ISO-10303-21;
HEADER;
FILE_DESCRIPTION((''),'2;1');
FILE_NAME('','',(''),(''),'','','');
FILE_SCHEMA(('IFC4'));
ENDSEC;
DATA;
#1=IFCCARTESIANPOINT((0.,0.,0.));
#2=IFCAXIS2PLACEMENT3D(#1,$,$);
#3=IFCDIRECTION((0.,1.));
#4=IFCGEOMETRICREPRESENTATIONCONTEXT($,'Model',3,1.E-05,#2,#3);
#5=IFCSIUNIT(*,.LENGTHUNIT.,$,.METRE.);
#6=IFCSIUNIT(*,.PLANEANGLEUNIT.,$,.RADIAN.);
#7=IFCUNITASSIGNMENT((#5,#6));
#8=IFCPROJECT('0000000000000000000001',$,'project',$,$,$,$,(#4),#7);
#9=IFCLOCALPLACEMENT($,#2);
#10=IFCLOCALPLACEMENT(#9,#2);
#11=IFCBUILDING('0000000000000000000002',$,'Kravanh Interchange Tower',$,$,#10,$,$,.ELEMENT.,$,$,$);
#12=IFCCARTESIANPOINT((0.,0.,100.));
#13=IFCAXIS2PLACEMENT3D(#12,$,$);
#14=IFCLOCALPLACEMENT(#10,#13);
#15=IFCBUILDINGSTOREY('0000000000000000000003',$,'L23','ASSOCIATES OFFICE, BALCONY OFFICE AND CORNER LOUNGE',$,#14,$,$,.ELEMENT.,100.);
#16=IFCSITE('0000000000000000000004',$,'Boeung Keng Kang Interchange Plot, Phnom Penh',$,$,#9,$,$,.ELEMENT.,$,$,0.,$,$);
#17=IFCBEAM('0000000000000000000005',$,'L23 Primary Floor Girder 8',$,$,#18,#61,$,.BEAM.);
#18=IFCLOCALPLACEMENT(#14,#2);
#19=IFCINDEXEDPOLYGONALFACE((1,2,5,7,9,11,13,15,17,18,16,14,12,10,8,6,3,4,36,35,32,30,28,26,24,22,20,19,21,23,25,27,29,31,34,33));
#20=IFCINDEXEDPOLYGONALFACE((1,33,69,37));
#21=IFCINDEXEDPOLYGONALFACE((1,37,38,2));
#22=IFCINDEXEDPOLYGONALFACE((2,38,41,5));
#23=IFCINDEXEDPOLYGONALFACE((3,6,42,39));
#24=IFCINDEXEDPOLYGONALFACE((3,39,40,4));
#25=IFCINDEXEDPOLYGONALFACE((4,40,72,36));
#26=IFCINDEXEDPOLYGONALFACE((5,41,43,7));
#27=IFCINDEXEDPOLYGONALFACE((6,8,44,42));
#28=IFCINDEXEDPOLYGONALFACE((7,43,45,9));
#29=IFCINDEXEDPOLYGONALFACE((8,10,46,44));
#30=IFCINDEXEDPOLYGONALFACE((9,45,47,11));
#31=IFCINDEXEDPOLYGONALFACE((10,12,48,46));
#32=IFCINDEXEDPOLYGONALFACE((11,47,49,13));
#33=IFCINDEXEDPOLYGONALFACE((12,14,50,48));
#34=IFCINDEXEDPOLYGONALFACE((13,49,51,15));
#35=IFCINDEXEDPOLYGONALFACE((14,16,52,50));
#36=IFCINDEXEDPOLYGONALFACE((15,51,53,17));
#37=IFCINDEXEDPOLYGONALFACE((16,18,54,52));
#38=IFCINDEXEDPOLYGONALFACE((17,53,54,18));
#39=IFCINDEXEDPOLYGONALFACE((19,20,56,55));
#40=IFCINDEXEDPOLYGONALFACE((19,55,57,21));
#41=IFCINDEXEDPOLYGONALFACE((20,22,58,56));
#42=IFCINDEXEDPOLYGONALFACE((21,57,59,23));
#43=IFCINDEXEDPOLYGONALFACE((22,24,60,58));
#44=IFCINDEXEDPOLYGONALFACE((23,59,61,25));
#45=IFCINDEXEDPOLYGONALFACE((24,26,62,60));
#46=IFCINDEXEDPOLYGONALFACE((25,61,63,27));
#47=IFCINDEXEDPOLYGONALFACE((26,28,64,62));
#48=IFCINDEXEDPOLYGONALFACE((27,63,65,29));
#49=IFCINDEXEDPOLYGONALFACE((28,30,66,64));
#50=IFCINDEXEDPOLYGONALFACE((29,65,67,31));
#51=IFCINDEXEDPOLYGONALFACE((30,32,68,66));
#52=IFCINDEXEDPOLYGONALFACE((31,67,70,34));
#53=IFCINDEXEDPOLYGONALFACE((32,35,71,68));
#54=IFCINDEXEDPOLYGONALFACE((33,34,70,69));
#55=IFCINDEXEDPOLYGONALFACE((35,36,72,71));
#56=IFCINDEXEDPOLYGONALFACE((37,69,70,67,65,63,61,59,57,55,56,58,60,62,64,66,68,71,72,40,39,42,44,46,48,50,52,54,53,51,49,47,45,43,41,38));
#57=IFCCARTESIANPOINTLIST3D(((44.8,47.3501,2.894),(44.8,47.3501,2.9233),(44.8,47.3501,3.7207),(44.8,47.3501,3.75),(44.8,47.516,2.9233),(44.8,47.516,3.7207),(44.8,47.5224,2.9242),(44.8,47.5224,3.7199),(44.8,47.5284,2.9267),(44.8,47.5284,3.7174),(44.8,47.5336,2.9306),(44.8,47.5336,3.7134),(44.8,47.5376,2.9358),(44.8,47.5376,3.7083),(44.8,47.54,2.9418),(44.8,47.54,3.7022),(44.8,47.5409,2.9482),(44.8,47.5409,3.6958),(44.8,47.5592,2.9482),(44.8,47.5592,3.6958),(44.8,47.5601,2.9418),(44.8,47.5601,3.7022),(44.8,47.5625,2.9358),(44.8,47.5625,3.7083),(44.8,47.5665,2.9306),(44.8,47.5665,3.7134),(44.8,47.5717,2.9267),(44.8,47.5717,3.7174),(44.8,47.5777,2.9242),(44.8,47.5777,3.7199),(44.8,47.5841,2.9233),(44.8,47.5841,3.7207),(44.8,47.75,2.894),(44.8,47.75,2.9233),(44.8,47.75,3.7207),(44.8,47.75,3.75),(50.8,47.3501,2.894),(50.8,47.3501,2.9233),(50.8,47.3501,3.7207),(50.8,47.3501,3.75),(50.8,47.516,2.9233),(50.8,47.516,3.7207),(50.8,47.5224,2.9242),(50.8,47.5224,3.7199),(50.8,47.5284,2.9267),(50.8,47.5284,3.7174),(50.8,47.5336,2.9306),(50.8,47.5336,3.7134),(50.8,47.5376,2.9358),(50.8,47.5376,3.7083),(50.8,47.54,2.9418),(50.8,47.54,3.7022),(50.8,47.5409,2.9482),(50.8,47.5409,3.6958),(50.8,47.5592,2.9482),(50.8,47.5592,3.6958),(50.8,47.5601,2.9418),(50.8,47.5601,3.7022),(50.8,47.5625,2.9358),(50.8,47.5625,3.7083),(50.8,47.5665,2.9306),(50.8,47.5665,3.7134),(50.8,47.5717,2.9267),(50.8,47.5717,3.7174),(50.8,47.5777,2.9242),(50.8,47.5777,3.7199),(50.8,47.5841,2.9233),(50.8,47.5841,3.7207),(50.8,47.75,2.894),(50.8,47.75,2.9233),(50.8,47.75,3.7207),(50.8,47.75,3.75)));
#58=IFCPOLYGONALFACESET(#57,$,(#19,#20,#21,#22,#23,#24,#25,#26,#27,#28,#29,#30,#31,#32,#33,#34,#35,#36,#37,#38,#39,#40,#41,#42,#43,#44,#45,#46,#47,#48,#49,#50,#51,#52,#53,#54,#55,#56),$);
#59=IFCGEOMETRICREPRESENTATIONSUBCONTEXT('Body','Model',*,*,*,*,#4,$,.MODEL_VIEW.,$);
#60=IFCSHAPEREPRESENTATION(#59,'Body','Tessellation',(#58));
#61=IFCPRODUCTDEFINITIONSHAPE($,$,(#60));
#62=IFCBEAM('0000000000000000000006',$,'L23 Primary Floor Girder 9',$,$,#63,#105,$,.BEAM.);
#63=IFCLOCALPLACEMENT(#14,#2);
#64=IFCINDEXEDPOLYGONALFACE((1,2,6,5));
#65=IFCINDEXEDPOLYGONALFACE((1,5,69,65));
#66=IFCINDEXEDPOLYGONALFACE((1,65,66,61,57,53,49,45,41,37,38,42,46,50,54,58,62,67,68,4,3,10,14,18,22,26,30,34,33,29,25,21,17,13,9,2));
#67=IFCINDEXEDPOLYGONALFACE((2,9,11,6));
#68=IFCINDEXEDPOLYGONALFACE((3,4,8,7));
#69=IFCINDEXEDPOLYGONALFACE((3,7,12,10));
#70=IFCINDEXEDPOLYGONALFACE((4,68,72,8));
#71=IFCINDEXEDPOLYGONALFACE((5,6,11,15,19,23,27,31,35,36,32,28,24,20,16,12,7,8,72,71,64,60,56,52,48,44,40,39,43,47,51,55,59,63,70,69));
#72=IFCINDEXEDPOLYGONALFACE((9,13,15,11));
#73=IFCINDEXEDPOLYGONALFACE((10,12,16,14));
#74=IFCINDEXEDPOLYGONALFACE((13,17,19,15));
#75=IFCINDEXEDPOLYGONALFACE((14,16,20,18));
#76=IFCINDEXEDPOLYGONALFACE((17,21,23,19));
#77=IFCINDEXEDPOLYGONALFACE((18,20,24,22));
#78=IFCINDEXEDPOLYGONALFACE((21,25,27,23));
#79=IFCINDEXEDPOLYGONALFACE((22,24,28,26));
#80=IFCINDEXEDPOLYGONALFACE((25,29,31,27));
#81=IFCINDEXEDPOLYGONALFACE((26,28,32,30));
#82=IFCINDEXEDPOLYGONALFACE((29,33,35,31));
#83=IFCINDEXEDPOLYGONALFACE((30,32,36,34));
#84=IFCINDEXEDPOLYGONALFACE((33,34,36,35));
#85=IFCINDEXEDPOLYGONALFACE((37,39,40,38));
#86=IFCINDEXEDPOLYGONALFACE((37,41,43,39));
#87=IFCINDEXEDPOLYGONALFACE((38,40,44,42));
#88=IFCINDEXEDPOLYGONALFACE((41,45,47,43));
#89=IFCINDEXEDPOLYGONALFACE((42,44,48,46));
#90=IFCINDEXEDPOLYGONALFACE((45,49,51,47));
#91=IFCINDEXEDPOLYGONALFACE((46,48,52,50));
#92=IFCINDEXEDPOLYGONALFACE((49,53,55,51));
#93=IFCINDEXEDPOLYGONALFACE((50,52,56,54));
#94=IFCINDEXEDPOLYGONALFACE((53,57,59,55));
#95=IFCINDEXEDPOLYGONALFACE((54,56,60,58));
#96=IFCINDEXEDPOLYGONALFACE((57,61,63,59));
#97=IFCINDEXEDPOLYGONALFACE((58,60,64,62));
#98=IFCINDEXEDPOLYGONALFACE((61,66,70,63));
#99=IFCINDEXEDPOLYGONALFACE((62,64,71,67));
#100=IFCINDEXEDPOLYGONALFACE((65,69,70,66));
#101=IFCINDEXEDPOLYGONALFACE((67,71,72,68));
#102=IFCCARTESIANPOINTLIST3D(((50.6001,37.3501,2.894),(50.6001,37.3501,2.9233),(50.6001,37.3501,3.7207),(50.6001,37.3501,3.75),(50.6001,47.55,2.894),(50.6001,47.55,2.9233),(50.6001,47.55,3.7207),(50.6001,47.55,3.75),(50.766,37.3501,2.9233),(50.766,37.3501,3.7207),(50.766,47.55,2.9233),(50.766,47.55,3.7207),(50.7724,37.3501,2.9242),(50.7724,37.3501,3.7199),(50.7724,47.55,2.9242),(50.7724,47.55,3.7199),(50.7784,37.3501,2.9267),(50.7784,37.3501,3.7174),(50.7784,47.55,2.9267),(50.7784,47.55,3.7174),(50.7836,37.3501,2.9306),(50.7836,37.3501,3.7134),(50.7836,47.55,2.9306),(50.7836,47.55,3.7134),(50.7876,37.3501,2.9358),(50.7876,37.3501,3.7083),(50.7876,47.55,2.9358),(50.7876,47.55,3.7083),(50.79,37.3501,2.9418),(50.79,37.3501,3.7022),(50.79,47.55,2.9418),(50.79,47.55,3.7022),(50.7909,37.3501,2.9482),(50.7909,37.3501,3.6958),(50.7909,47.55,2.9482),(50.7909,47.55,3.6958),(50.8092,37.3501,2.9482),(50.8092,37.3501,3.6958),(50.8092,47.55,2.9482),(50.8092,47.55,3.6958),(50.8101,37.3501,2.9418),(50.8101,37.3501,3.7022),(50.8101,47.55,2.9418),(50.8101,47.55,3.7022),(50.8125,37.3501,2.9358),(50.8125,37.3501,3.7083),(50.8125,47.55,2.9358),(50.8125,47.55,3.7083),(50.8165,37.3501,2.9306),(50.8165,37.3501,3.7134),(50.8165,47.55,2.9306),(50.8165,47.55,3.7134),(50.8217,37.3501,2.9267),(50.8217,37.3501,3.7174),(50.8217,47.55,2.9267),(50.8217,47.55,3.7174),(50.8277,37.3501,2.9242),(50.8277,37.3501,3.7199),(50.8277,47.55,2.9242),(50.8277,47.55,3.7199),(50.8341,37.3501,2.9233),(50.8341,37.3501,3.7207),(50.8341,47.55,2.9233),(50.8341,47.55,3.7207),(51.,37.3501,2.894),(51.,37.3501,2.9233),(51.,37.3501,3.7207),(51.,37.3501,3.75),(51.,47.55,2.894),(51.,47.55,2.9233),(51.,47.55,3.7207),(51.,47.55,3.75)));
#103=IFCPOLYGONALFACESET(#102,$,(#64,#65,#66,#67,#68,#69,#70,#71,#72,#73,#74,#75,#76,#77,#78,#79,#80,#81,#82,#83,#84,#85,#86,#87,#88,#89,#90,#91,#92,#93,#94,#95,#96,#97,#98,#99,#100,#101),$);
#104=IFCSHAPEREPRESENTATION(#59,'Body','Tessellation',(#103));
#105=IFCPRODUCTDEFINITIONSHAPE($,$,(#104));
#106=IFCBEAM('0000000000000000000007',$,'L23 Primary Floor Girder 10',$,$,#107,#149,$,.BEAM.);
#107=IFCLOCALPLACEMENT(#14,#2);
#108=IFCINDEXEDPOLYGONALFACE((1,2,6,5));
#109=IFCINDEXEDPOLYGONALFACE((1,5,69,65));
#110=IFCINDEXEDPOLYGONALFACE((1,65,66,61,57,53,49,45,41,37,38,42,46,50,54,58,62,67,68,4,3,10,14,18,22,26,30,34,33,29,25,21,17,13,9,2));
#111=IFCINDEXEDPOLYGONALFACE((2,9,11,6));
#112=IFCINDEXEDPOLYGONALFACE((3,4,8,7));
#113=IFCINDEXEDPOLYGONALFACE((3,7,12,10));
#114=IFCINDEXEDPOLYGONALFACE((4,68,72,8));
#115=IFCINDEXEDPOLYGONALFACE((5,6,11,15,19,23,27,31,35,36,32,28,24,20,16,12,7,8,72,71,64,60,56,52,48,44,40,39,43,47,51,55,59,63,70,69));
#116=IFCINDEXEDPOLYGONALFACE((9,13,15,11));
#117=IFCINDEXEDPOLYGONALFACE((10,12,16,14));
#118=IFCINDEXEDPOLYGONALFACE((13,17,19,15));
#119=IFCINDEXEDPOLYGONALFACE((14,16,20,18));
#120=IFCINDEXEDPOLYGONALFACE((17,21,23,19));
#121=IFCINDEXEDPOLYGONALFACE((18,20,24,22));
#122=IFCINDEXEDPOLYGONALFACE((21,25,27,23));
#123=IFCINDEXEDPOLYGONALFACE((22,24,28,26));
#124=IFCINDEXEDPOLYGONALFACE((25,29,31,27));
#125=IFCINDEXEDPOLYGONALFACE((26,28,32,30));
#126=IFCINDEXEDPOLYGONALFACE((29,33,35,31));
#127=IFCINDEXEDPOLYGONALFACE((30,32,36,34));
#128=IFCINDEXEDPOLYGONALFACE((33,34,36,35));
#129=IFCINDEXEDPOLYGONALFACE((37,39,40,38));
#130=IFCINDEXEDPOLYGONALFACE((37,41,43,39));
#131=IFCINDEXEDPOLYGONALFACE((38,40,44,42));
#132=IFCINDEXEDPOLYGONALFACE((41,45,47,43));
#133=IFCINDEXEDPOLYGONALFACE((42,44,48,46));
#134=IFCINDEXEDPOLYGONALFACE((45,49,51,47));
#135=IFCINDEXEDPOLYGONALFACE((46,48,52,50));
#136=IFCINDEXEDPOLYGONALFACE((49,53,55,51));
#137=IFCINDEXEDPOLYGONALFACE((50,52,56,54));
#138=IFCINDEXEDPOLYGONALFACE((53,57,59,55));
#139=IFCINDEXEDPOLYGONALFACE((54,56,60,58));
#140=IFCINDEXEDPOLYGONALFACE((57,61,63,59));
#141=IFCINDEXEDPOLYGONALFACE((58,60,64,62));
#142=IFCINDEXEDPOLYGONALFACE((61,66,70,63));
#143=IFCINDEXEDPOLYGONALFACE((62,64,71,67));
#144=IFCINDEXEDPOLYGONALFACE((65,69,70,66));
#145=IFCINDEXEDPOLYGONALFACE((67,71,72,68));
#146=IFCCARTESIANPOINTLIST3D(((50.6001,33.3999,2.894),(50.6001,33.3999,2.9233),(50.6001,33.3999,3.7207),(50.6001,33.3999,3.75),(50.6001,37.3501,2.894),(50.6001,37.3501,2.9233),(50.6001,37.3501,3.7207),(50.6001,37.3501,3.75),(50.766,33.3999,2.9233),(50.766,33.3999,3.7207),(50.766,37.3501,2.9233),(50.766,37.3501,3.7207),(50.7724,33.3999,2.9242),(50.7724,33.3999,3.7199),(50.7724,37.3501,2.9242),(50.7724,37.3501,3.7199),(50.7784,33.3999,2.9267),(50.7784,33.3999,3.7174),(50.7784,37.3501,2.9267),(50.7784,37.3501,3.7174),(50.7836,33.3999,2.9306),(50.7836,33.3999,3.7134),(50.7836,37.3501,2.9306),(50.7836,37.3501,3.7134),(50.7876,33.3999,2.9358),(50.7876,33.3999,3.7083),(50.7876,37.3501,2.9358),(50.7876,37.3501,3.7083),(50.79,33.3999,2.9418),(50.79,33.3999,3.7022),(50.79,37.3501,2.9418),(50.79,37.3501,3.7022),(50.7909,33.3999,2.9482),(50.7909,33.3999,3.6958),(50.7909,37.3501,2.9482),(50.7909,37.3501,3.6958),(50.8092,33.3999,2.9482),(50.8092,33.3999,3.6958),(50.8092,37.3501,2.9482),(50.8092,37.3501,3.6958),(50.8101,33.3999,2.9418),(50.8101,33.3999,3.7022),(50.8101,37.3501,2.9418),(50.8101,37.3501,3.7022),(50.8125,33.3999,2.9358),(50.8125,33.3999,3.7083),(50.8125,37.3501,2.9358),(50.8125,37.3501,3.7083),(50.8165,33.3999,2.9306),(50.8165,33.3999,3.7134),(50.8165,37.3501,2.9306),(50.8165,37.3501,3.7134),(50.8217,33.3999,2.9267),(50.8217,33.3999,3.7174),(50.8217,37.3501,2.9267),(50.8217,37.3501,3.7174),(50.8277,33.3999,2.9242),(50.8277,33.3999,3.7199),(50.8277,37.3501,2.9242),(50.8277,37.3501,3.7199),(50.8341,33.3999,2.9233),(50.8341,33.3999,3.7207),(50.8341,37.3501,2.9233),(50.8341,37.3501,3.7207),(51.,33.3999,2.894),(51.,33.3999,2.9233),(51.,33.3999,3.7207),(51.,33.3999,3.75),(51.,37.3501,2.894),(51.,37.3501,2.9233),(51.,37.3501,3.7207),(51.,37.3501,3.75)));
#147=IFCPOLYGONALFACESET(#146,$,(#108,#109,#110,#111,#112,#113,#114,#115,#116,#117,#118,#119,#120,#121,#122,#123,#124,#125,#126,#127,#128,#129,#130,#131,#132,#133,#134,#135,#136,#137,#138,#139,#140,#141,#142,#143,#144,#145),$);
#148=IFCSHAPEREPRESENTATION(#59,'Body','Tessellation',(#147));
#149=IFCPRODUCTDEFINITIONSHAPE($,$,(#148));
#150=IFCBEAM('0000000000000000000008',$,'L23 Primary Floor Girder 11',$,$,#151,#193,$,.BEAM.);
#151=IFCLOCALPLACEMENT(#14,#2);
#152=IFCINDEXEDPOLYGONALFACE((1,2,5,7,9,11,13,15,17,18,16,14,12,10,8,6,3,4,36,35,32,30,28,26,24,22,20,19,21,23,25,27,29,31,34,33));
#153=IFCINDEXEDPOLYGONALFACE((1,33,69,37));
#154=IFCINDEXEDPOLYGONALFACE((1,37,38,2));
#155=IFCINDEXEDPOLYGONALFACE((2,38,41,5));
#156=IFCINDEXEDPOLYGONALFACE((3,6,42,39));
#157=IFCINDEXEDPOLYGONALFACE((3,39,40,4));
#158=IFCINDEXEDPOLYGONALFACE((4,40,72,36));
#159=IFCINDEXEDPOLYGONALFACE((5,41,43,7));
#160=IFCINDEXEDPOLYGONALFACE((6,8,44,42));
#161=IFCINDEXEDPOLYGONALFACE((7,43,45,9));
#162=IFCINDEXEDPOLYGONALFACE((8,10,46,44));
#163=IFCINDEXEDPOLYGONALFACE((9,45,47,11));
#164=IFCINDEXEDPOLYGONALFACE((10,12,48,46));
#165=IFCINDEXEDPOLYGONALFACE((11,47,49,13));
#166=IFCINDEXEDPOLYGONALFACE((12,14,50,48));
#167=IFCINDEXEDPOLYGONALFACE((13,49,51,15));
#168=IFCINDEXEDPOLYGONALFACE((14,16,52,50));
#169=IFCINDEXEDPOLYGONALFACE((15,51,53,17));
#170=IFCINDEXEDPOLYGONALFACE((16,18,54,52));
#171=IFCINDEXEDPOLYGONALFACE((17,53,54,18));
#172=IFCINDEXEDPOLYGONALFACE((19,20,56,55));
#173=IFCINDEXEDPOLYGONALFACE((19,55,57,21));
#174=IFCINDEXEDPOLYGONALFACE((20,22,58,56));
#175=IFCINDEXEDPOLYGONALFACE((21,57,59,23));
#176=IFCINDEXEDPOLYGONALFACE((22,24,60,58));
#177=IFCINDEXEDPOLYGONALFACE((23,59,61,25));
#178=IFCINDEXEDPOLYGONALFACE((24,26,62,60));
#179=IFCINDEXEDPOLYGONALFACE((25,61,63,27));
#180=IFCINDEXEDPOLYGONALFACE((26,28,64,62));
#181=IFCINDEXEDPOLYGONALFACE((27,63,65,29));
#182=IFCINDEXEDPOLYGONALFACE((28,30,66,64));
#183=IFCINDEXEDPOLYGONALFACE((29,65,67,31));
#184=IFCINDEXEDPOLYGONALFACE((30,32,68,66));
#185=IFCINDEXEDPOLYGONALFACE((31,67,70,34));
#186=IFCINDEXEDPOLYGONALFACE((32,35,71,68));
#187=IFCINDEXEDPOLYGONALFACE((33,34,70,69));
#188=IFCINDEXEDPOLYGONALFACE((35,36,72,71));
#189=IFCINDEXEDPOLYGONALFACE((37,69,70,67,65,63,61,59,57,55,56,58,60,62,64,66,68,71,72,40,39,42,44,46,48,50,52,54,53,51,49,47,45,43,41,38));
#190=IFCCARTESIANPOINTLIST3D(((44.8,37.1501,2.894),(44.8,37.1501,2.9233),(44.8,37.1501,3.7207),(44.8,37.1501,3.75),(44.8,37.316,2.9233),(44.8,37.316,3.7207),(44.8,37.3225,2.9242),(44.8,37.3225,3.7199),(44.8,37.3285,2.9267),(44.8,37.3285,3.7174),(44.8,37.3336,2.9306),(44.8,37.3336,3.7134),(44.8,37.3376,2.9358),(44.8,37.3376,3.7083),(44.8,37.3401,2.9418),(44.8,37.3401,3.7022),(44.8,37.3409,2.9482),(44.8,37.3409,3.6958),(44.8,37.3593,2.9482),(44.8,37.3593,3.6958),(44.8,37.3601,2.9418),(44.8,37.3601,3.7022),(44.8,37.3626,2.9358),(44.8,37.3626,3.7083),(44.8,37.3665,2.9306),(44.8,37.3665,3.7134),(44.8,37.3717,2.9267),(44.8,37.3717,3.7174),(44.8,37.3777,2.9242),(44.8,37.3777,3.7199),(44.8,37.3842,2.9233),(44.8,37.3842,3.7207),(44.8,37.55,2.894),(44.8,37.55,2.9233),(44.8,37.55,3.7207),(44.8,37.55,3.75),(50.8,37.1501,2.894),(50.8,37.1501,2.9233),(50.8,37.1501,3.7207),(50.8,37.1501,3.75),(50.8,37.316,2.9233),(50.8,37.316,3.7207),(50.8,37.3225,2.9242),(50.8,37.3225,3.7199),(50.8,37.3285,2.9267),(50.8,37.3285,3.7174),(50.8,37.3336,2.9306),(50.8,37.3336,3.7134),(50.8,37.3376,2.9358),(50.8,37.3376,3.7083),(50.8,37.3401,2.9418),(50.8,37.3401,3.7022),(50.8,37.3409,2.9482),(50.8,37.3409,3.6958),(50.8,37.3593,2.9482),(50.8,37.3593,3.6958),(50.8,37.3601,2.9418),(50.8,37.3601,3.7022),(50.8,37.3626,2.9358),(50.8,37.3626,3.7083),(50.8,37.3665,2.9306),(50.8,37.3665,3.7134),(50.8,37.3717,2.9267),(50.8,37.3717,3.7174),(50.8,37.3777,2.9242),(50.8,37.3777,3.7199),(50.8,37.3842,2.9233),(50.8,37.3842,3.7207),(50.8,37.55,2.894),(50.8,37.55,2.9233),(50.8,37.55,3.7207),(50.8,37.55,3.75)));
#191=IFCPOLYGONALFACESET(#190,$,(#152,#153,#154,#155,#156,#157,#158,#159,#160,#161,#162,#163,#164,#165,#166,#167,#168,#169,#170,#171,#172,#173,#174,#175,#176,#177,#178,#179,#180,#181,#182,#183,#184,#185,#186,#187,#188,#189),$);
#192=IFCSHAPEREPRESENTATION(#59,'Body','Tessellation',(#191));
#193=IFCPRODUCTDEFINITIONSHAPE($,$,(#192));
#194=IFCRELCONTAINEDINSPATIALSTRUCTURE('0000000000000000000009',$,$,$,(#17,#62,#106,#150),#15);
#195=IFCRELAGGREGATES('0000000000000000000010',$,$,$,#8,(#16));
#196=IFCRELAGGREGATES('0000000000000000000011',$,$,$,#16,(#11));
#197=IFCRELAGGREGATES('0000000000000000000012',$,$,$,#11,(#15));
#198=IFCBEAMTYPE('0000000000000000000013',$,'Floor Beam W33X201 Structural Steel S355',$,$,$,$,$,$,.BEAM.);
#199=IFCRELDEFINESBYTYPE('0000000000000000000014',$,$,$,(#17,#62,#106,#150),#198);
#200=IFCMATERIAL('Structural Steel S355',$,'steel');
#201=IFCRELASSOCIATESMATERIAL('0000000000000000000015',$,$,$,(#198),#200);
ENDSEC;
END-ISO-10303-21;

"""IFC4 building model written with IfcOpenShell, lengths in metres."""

from ifc_helpers import new_model, si_unit, direction, frame, origin, origin_2d, place, context, subcontext, project, spatial, i_section, extrude, material, material_profile, profile_set, type_object, element, save


model = new_model("IFC4")

# Units and contexts
model_context = context("Model", 3, precision=1e-05, world=origin(), true_north=direction((0.0, 1.0)))
body_context = subcontext(model_context, "Body", "Model", "MODEL_VIEW")
ifc_project = project(units=[si_unit("LENGTHUNIT", "METRE"), si_unit("PLANEANGLEUNIT", "RADIAN")], contexts=[model_context])

# Site, building, storey
site_placement = place(None, origin())
site = spatial("IfcSite", under=ifc_project, at=site_placement, Name="Boeung Keng Kang Interchange Plot, Phnom Penh", CompositionType="ELEMENT", RefElevation=0.0)
building_placement = place(site_placement, origin())
building = spatial("IfcBuilding", under=site, at=building_placement, Name="Kravanh Interchange Tower", CompositionType="ELEMENT")
storey_placement = place(building_placement, frame((0.0, 0.0, 100.0)))
storey = spatial("IfcBuildingStorey", under=building, at=storey_placement, Name="L23", Description="ASSOCIATES OFFICE, BALCONY OFFICE AND CORNER LOUNGE", CompositionType="ELEMENT", Elevation=100.0)

# Beams
ifc_material_1 = material(Name="Structural Steel S355", Category="steel")
ifc_material_profile_1 = material_profile(ifc_material_1, i_section(OverallWidth=0.3999, OverallDepth=0.856, WebThickness=0.0183, FlangeThickness=0.0293, FilletRadius=0.0249, at=origin_2d()), Name="W33X201")
ifc_profile_set_1 = profile_set([ifc_material_profile_1], Name="Structural Steel S355")
beam_type_1 = type_object("IfcBeamType", Name="Floor Beam W33X201 Structural Steel S355", PredefinedType="BEAM", material=ifc_profile_set_1)
beam_1_placement = place(storey_placement, frame((50.8, 47.55, 3.322), z_axis=(-1.0, 0.0, 0.0), x_axis=(0.0, -1.0, 0.0)))
element("IfcBeam", 1, at=beam_1_placement, inside=storey, type_object=beam_type_1, Name="L23 Primary Floor Girder 8", PredefinedType="BEAM", context=body_context, shape_type="SweptSolid", body=[
    extrude(i_section(OverallWidth=0.3999, OverallDepth=0.856, WebThickness=0.0183, FlangeThickness=0.0293, FilletRadius=0.0249, at=origin_2d()), origin(), (0.0, 0.0, 1.0), 6.0),
])
beam_2_placement = place(storey_placement, frame((50.8, 47.55, 3.322), z_axis=(0.0, -1.0, 0.0), x_axis=(1.0, 0.0, 0.0)))
element("IfcBeam", 2, at=beam_2_placement, inside=storey, type_object=beam_type_1, Name="L23 Primary Floor Girder 9", PredefinedType="BEAM", context=body_context, shape_type="SweptSolid", body=[
    extrude(i_section(OverallWidth=0.3999, OverallDepth=0.856, WebThickness=0.0183, FlangeThickness=0.0293, FilletRadius=0.0249, at=origin_2d()), origin(), (0.0, 0.0, 1.0), 10.2),
])
beam_3_placement = place(storey_placement, frame((50.8, 37.3501, 3.322), z_axis=(0.0, -1.0, 0.0), x_axis=(1.0, 0.0, 0.0)))
element("IfcBeam", 3, at=beam_3_placement, inside=storey, type_object=beam_type_1, Name="L23 Primary Floor Girder 10", PredefinedType="BEAM", context=body_context, shape_type="SweptSolid", body=[
    extrude(i_section(OverallWidth=0.3999, OverallDepth=0.856, WebThickness=0.0183, FlangeThickness=0.0293, FilletRadius=0.0249, at=origin_2d()), origin(), (0.0, 0.0, 1.0), 3.9502),
])
beam_4_placement = place(storey_placement, frame((50.8, 37.3501, 3.322), z_axis=(-1.0, 0.0, 0.0), x_axis=(0.0, -1.0, 0.0)))
element("IfcBeam", 4, at=beam_4_placement, inside=storey, type_object=beam_type_1, Name="L23 Primary Floor Girder 11", PredefinedType="BEAM", context=body_context, shape_type="SweptSolid", body=[
    extrude(i_section(OverallWidth=0.3999, OverallDepth=0.856, WebThickness=0.0183, FlangeThickness=0.0293, FilletRadius=0.0249, at=origin_2d()), origin(), (0.0, 0.0, 1.0), 6.0),
])

save(model, "model.ifc")
